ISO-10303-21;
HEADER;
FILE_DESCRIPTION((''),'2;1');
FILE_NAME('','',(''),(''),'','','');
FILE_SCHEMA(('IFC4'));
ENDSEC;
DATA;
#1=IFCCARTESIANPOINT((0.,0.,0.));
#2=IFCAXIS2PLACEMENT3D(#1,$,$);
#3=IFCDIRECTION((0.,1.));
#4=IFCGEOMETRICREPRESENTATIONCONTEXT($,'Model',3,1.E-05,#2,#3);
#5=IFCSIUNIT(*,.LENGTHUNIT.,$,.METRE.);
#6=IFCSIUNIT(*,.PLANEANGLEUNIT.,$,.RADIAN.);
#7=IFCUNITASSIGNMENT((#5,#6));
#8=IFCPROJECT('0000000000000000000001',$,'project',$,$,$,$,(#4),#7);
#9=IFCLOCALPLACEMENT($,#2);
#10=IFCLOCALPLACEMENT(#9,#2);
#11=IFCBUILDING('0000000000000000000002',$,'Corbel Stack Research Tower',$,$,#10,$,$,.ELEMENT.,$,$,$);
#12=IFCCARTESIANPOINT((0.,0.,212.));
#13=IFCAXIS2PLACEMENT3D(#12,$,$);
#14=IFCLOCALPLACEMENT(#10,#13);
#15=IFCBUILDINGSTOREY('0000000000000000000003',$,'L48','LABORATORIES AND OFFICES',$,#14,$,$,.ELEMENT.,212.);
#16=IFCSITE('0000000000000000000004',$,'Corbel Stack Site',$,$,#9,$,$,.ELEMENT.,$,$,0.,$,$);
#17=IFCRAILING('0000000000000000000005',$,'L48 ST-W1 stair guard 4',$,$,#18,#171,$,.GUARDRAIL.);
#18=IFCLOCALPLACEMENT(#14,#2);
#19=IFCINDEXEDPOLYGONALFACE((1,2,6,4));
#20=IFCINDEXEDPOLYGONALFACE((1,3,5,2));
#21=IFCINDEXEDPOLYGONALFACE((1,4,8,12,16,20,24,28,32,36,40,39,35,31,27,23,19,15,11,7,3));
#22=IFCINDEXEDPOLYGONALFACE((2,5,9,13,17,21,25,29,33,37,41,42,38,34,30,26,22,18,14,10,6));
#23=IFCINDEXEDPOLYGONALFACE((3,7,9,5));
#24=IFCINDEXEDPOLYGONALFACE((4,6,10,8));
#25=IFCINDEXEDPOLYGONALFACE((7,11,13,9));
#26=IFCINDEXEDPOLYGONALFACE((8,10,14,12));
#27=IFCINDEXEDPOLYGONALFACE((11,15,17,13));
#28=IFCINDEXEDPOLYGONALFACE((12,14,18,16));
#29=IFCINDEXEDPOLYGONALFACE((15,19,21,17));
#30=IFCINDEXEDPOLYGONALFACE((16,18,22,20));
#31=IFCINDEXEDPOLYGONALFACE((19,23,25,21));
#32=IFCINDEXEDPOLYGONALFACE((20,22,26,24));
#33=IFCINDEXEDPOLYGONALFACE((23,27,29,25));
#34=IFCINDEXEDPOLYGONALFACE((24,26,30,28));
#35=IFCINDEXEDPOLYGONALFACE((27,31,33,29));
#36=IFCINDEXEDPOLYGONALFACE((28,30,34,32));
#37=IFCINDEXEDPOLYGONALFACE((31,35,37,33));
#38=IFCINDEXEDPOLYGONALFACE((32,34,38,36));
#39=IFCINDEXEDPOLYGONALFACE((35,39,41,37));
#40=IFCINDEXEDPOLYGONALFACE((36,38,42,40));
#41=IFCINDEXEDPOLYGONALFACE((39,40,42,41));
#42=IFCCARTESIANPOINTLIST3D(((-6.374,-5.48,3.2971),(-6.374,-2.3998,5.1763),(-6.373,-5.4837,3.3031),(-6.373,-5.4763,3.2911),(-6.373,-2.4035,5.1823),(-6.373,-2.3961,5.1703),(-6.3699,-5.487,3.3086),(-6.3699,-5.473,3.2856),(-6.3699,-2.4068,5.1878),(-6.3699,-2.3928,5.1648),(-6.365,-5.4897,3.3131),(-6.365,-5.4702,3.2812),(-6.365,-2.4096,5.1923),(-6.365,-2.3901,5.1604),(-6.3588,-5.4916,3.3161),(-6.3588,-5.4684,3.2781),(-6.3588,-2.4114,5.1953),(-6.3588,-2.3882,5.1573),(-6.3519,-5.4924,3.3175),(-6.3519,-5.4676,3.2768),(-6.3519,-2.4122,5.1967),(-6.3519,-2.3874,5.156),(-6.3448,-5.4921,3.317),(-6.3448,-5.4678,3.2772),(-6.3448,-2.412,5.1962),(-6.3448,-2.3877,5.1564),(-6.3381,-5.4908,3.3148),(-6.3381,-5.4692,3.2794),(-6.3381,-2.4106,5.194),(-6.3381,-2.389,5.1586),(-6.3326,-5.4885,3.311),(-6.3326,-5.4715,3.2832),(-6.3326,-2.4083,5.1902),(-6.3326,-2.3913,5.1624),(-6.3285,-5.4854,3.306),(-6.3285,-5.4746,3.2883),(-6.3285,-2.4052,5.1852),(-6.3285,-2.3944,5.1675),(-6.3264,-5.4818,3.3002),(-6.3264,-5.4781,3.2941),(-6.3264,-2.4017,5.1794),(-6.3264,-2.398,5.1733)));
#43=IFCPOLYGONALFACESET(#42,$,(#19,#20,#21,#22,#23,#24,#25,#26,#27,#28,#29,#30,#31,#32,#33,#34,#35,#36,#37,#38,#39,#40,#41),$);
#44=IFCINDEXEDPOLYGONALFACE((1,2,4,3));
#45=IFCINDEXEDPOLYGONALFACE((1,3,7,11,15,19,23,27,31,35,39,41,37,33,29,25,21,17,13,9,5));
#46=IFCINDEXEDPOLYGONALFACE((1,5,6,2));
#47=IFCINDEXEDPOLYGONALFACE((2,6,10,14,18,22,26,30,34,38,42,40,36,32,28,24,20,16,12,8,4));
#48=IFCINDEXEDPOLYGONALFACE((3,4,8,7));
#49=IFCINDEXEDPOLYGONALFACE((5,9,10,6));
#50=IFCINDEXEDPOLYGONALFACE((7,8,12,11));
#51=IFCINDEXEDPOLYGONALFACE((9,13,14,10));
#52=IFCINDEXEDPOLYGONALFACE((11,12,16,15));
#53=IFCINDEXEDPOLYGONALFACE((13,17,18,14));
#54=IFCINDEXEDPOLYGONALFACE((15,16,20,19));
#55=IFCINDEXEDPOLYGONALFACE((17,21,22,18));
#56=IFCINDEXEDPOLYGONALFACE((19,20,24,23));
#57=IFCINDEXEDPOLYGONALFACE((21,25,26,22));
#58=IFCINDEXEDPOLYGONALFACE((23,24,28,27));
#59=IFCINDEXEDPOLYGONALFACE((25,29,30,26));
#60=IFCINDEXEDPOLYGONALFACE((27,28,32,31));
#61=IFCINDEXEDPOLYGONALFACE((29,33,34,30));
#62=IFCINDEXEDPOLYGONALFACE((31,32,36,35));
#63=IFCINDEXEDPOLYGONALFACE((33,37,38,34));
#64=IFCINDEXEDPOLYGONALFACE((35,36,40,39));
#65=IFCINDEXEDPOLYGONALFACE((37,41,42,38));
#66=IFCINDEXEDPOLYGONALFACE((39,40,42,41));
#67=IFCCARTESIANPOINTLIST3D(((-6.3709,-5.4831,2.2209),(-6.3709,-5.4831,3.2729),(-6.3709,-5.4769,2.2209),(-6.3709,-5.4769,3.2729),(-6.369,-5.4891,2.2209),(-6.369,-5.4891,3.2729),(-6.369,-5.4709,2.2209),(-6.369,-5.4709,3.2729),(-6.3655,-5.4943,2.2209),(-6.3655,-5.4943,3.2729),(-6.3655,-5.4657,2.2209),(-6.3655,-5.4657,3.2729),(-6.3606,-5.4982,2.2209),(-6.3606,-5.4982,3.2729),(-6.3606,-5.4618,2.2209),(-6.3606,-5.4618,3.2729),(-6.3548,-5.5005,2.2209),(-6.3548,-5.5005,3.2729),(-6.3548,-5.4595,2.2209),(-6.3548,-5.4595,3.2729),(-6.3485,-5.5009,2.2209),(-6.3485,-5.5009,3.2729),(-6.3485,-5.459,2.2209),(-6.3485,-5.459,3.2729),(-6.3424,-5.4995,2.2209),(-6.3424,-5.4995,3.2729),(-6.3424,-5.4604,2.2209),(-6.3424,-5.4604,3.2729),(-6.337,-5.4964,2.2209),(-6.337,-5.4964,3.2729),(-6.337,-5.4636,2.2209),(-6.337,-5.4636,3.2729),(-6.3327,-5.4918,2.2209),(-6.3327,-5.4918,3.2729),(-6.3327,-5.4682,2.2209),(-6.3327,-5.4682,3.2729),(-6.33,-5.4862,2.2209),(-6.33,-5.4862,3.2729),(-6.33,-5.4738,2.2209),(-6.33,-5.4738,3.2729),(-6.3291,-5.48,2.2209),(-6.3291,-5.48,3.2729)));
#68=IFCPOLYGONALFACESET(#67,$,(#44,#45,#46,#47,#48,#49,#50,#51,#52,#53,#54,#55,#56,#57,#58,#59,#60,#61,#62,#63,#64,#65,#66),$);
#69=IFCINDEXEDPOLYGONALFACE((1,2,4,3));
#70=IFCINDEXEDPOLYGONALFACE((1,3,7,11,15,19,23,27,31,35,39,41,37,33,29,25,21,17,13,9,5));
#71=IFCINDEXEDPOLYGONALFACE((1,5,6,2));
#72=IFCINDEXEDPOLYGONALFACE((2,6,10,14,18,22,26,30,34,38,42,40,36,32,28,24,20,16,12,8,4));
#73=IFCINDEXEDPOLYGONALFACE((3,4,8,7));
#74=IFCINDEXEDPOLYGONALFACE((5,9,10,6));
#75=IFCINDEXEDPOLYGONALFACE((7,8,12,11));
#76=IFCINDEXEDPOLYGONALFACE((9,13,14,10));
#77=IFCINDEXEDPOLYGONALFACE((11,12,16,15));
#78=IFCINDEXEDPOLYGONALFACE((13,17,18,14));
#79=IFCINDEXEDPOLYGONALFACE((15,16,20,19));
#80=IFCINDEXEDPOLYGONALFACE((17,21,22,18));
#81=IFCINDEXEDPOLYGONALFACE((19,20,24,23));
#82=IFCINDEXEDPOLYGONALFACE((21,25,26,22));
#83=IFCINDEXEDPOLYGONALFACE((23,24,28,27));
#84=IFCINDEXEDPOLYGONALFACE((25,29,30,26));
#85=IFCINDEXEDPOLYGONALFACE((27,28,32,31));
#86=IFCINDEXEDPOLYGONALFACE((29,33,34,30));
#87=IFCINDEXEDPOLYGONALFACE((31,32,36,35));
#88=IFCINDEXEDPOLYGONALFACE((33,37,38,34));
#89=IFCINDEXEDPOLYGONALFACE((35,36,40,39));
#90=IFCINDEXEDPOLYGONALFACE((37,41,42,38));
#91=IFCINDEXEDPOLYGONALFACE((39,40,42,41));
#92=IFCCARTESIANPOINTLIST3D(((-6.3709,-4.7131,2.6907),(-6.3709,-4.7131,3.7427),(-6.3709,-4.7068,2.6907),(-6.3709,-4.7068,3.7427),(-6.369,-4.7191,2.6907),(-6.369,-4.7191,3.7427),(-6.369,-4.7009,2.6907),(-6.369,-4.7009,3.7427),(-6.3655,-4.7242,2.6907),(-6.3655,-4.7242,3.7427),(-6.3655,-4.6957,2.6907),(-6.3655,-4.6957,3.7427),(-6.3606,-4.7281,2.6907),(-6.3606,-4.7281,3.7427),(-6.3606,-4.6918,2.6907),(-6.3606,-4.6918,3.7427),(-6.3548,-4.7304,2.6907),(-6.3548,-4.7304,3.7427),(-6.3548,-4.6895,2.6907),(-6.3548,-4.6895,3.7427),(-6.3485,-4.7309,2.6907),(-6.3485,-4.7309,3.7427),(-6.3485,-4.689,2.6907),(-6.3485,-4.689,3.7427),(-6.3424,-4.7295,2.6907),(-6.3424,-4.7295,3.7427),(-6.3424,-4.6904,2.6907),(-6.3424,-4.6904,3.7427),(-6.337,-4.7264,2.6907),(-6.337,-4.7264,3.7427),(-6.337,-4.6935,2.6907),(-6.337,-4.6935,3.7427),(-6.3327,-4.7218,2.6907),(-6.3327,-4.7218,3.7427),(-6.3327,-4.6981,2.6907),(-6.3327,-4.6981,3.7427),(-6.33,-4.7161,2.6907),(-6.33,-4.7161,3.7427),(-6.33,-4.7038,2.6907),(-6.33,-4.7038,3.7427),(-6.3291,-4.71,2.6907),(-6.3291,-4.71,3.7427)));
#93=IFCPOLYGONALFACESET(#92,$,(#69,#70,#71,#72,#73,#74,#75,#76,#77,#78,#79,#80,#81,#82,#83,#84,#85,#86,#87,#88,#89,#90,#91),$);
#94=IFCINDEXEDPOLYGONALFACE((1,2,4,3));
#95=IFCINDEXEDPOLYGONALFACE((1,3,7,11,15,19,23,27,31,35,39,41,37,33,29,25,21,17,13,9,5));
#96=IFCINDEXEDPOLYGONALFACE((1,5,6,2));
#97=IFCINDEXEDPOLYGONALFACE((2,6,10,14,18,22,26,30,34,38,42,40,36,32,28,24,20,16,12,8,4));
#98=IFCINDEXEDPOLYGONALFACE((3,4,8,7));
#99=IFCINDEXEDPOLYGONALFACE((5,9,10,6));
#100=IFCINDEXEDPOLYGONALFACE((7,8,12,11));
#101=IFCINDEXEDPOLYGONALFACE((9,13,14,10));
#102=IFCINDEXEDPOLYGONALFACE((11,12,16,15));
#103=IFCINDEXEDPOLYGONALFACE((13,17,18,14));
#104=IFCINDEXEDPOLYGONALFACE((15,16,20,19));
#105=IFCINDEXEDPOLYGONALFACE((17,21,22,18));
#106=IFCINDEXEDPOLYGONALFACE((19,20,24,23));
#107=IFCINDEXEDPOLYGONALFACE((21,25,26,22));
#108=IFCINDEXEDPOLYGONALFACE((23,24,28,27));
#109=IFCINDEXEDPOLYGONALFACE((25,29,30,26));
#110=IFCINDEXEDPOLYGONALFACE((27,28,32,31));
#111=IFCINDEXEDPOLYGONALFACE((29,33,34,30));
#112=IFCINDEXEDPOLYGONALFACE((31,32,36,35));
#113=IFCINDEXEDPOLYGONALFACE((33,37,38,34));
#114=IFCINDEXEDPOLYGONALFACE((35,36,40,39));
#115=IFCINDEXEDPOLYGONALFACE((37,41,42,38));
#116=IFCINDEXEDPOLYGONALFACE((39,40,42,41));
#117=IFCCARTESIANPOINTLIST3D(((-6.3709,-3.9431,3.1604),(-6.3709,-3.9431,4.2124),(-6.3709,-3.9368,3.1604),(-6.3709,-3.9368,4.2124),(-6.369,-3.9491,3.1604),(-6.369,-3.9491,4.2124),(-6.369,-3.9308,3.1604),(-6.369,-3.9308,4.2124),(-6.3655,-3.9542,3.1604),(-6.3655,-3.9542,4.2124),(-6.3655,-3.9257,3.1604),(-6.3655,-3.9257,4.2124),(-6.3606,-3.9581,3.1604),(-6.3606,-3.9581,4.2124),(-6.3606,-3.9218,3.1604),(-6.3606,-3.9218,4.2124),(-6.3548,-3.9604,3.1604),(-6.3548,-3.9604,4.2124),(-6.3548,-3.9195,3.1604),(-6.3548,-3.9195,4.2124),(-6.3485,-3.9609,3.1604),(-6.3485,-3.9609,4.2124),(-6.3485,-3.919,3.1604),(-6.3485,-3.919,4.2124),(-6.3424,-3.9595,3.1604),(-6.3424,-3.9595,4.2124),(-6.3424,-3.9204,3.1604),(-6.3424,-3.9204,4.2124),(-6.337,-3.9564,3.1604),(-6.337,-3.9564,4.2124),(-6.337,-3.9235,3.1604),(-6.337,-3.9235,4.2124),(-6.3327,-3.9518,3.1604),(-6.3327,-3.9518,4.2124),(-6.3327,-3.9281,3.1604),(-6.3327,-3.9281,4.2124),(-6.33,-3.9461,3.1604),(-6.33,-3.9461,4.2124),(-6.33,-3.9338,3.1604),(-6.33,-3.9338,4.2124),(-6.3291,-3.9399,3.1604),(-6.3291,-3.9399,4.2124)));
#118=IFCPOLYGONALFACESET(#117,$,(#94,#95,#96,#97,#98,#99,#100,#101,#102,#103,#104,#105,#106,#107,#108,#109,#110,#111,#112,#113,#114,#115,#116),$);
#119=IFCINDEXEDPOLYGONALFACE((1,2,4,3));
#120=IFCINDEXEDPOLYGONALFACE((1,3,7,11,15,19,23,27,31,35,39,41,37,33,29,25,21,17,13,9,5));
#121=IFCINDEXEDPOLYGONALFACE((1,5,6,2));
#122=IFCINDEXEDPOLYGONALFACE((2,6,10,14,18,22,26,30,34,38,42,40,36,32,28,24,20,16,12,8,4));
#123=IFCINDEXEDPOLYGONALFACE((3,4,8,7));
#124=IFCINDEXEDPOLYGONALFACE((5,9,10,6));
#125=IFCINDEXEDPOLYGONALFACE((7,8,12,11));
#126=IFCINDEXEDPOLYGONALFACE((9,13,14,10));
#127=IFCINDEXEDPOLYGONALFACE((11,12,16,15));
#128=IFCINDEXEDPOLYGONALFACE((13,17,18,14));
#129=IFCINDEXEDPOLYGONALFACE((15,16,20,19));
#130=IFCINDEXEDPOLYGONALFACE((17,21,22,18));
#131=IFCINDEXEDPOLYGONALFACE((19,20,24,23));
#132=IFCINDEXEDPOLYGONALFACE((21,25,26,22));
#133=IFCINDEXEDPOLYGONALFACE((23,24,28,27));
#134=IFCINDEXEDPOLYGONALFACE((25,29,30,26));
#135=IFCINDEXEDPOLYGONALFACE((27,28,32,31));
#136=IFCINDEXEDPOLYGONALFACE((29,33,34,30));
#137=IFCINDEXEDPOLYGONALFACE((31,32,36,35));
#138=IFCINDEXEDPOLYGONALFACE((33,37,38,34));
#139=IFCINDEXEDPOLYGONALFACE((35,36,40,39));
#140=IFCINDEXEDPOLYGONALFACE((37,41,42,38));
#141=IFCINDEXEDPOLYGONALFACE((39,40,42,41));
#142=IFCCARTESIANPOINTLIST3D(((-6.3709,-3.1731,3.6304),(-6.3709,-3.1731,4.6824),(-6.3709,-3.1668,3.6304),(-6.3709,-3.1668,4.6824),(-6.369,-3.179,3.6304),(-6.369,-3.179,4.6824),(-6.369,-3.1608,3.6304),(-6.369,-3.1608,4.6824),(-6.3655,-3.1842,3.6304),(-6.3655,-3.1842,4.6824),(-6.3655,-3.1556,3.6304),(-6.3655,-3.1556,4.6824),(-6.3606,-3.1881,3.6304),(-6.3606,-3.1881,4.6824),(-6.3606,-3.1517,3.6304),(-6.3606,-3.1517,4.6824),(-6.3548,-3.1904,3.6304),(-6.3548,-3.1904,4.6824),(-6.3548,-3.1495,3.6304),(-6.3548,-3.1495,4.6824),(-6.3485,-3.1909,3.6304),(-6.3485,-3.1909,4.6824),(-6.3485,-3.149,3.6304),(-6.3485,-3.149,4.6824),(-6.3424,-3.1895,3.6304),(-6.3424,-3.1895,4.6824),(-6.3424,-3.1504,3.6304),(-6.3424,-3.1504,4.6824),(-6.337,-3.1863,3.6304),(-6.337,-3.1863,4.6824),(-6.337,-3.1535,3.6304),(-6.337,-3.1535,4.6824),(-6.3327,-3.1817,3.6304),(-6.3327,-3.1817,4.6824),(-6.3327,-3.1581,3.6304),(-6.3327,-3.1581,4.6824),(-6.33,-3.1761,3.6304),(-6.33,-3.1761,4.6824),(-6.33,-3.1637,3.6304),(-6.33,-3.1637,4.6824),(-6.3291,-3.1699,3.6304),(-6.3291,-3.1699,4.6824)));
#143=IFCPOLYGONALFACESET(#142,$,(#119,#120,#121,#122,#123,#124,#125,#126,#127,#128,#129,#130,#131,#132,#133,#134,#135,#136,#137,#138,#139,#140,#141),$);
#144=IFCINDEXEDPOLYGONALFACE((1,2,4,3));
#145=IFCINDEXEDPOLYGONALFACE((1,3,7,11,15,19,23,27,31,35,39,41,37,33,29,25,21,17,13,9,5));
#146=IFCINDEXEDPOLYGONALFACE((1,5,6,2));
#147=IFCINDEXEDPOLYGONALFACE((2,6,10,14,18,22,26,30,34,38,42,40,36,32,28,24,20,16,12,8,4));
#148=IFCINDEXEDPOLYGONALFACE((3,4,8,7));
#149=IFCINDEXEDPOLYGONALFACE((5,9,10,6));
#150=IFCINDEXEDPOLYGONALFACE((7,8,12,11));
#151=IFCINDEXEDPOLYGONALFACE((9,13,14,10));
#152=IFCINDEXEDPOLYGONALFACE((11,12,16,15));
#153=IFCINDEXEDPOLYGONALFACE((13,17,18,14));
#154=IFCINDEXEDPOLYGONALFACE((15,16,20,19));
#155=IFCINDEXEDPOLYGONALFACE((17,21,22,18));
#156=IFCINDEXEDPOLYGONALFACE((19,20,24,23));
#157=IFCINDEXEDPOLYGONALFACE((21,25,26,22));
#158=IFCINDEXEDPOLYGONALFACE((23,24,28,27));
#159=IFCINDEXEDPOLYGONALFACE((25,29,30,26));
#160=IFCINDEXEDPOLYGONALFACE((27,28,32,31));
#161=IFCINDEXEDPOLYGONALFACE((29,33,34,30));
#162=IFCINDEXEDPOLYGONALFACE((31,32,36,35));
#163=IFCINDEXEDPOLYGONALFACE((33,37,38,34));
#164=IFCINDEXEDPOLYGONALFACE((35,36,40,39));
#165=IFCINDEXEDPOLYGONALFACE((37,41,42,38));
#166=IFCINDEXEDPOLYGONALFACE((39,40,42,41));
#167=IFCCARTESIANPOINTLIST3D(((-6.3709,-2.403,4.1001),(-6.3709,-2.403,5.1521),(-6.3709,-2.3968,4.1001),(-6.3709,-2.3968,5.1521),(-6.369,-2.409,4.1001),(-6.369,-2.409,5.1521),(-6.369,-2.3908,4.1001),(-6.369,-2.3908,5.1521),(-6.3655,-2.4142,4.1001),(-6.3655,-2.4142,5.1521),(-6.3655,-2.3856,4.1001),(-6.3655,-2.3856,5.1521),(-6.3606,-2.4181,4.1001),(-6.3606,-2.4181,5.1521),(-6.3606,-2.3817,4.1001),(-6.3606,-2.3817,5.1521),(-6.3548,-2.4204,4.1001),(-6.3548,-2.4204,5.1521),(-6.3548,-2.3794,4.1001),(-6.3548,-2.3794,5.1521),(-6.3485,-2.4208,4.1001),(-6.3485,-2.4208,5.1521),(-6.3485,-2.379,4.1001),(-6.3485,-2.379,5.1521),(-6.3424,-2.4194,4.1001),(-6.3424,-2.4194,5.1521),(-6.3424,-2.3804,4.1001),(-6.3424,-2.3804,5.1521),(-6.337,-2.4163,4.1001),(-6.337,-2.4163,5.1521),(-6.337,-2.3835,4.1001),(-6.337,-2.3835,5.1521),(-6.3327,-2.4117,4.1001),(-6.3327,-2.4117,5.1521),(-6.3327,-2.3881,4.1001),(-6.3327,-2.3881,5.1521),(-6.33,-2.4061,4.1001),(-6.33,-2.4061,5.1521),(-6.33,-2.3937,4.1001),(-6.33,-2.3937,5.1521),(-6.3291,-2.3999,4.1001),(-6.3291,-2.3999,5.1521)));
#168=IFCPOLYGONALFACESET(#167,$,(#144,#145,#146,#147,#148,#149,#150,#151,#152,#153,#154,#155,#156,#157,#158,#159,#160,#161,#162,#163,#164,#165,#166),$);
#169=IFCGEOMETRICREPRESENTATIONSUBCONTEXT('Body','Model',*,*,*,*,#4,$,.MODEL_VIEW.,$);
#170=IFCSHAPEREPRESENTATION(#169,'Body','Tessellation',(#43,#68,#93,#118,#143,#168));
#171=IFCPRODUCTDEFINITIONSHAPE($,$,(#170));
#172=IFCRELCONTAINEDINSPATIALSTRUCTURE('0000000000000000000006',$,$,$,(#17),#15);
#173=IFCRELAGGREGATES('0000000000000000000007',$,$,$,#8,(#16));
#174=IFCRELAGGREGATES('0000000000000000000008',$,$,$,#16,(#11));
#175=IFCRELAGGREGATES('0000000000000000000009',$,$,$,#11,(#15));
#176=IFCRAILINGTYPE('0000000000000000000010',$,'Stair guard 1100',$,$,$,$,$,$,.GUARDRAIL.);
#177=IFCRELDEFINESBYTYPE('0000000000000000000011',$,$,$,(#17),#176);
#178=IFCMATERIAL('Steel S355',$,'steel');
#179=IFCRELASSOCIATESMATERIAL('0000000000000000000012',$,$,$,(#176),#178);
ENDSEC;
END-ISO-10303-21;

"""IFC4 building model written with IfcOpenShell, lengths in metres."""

from ifc_helpers import new_model, si_unit, direction, frame, origin, origin_2d, place, context, subcontext, project, spatial, circle, extrude, material, type_object, element, save


model = new_model("IFC4")

# Units and contexts
model_context = context("Model", 3, precision=1e-05, world=origin(), true_north=direction((0.0, 1.0)))
body_context = subcontext(model_context, "Body", "Model", "MODEL_VIEW")
ifc_project = project(units=[si_unit("LENGTHUNIT", "METRE"), si_unit("PLANEANGLEUNIT", "RADIAN")], contexts=[model_context])

# Site, building, storey
site_placement = place(None, origin())
site = spatial("IfcSite", under=ifc_project, at=site_placement, Name="Corbel Stack Site", CompositionType="ELEMENT", RefElevation=0.0)
building_placement = place(site_placement, origin())
building = spatial("IfcBuilding", under=site, at=building_placement, Name="Corbel Stack Research Tower", CompositionType="ELEMENT")
storey_placement = place(building_placement, frame((0.0, 0.0, 212.0)))
storey = spatial("IfcBuildingStorey", under=building, at=storey_placement, Name="L48", Description="LABORATORIES AND OFFICES", CompositionType="ELEMENT", Elevation=212.0)

# Railing
ifc_material_1 = material(Name="Steel S355", Category="steel")
railing_type_1 = type_object("IfcRailingType", Name="Stair guard 1100", PredefinedType="GUARDRAIL", material=ifc_material_1)
railing_1_placement = place(storey_placement, frame((-6.3501, -5.48, 2.2209)))
element("IfcRailing", 1, at=railing_1_placement, inside=storey, type_object=railing_type_1, Name="L48 ST-W1 stair guard 4", PredefinedType="GUARDRAIL", context=body_context, shape_type="SweptSolid", body=[
    extrude(circle(Radius=0.0239, at=origin_2d()), frame((0.0, 0.0, 1.0762), z_axis=(0.0, 0.853666, 0.52082), x_axis=(-1.0, 0.0, 0.0)), (0.0, 0.0, 1.0), 3.6082),
    extrude(circle(Radius=0.021, at=origin_2d()), origin(), (0.0, 0.0, 1.0), 1.052),
    extrude(circle(Radius=0.021, at=origin_2d()), frame((0.0, 0.77, 0.4697)), (0.0, 0.0, 1.0), 1.052),
    extrude(circle(Radius=0.021, at=origin_2d()), frame((0.0, 1.54, 0.9395)), (0.0, 0.0, 1.0), 1.052),
    extrude(circle(Radius=0.021, at=origin_2d()), frame((0.0, 2.3101, 1.4094)), (0.0, 0.0, 1.0), 1.052),
    extrude(circle(Radius=0.021, at=origin_2d()), frame((0.0, 3.0801, 1.8792)), (0.0, 0.0, 1.0), 1.052),
])

save(model, "model.ifc")
